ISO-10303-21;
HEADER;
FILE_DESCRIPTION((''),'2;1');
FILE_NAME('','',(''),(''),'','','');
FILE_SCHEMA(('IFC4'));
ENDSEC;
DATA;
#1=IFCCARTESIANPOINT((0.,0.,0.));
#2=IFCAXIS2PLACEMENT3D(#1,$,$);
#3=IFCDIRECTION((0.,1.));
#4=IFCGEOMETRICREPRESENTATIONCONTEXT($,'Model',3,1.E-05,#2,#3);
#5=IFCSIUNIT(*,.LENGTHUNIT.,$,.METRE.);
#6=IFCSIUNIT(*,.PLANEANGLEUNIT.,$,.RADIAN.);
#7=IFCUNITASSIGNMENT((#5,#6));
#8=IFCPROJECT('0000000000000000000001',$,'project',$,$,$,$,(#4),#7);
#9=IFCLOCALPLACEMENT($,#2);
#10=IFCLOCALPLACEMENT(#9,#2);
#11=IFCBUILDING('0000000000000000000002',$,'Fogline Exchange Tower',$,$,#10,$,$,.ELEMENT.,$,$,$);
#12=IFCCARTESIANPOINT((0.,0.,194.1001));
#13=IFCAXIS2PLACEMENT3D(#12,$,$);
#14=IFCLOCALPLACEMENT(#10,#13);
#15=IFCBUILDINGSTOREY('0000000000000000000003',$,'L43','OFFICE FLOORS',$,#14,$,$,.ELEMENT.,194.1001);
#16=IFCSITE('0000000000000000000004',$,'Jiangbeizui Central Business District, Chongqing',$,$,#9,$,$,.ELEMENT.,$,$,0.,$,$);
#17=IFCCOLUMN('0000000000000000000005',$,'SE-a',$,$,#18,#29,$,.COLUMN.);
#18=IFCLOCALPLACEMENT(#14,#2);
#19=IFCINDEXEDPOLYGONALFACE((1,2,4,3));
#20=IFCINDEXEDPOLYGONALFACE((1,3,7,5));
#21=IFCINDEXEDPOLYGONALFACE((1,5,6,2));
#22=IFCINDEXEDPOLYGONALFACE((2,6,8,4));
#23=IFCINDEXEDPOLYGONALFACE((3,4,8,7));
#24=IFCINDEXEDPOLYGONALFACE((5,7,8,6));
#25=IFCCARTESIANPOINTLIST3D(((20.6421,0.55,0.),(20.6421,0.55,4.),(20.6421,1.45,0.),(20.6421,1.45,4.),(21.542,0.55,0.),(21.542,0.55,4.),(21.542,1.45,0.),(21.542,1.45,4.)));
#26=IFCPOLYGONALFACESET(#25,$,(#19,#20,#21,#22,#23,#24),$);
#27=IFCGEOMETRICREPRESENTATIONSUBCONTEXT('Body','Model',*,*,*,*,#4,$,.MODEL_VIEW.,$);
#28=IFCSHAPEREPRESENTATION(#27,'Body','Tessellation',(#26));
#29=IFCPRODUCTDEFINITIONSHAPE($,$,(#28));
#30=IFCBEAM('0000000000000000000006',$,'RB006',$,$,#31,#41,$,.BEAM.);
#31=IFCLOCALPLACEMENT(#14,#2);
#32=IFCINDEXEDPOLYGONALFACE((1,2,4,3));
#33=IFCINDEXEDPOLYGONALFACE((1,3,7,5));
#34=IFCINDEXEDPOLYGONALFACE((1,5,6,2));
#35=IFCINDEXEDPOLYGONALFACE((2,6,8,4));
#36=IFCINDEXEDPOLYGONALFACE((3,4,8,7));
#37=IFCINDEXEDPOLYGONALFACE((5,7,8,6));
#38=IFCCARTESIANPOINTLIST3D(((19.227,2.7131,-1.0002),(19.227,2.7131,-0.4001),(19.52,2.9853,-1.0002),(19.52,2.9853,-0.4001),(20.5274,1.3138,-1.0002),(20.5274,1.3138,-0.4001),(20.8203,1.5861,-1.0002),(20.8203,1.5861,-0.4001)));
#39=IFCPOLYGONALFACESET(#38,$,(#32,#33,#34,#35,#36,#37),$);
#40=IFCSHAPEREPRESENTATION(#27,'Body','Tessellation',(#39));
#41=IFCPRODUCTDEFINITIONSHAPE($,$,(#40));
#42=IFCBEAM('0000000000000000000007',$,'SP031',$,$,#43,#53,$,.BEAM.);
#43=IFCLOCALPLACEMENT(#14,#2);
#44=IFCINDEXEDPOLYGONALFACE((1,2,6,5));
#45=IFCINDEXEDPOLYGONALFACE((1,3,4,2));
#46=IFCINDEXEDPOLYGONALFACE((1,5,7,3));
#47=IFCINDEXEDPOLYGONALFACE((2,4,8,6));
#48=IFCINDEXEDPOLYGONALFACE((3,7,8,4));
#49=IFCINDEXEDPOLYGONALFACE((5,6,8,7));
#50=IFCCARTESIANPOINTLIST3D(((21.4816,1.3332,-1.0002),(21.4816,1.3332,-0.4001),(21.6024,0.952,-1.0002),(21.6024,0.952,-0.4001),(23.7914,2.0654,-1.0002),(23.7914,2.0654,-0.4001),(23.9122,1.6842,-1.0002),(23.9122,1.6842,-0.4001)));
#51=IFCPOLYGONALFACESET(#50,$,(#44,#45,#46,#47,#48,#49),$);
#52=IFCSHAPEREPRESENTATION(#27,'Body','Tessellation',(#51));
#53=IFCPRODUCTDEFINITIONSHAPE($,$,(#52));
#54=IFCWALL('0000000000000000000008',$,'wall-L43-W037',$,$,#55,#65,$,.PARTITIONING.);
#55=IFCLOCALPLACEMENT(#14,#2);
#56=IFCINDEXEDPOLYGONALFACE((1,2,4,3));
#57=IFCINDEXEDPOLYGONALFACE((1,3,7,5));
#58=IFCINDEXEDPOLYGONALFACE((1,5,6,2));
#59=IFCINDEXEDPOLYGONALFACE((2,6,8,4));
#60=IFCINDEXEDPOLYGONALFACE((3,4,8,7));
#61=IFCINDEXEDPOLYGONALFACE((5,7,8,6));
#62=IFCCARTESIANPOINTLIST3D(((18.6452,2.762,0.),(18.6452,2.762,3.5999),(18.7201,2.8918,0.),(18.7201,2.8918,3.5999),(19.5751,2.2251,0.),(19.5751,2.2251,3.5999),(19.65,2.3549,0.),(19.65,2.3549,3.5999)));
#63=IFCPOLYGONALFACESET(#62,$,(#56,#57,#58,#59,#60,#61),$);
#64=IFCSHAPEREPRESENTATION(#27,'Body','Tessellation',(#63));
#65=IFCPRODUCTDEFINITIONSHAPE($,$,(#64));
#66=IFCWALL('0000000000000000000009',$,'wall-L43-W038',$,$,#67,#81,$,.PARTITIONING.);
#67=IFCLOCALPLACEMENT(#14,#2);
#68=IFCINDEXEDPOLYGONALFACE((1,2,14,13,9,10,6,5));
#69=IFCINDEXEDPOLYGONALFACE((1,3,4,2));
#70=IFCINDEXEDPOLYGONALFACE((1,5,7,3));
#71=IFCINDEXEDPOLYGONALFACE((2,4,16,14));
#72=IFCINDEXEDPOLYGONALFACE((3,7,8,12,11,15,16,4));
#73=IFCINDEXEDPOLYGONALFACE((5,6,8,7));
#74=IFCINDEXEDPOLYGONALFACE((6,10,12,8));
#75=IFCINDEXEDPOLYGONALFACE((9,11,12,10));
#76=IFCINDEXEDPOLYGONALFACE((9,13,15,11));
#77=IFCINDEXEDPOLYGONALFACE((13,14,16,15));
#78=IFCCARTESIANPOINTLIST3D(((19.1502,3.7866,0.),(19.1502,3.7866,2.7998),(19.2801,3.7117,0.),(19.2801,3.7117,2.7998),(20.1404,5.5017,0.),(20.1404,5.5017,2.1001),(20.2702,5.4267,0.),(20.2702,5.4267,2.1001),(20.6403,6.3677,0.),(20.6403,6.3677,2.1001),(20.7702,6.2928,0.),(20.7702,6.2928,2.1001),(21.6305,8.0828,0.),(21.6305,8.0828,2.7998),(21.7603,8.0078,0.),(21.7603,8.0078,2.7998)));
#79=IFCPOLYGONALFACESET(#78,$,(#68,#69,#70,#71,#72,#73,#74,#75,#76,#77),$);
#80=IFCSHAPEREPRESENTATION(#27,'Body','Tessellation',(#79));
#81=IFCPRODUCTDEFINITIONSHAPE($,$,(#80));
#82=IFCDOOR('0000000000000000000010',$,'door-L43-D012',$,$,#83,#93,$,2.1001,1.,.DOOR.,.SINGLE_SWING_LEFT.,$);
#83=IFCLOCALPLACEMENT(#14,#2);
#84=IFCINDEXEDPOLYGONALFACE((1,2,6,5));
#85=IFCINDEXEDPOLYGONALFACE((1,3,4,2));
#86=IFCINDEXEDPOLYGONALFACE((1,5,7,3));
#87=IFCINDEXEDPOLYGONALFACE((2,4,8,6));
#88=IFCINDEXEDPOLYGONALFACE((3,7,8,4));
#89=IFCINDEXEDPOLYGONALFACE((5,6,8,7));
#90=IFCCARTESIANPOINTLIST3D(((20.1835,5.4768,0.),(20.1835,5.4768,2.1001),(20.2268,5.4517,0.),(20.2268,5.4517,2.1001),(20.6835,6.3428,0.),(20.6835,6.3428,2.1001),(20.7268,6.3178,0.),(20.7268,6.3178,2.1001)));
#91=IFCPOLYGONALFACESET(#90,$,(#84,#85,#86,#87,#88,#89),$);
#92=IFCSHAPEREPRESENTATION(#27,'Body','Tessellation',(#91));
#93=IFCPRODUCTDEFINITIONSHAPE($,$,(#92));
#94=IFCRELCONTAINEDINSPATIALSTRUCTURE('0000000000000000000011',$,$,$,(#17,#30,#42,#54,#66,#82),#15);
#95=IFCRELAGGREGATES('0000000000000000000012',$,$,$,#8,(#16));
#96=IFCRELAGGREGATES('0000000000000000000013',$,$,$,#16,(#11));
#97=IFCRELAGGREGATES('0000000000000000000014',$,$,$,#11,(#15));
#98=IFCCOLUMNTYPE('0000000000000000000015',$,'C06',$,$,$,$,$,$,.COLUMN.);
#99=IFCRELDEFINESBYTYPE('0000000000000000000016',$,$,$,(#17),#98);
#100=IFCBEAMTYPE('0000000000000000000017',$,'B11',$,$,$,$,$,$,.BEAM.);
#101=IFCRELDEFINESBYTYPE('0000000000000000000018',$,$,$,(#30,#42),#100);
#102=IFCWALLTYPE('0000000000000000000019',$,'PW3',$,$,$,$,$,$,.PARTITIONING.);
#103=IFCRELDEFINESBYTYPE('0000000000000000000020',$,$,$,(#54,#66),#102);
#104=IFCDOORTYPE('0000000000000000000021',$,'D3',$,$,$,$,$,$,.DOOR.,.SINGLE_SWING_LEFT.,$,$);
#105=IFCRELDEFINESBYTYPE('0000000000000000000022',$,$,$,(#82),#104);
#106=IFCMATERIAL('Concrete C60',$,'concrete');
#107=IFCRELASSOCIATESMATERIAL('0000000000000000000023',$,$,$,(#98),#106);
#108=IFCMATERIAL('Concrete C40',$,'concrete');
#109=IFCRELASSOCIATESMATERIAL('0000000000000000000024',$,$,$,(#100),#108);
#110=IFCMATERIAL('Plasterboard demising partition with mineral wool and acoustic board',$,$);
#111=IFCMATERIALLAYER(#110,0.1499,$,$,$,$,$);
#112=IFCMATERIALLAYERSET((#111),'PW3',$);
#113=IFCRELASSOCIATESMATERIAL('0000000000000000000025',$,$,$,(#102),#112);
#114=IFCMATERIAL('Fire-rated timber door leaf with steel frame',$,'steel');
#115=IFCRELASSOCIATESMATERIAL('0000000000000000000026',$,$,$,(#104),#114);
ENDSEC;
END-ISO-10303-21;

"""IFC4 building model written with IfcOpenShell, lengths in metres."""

from ifc_helpers import new_model, si_unit, direction, frame, frame_2d, origin, origin_2d, place, context, subcontext, project, spatial, rectangle, extrude, material, layer, layer_set, material_profile, profile_set, type_object, element, fill, save


model = new_model("IFC4")

# Units and contexts
model_context = context("Model", 3, precision=1e-05, world=origin(), true_north=direction((0.0, 1.0)))
body_context = subcontext(model_context, "Body", "Model", "MODEL_VIEW")
ifc_project = project(units=[si_unit("LENGTHUNIT", "METRE"), si_unit("PLANEANGLEUNIT", "RADIAN")], contexts=[model_context])

# Site, building, storey
site_placement = place(None, origin())
site = spatial("IfcSite", under=ifc_project, at=site_placement, Name="Jiangbeizui Central Business District, Chongqing", CompositionType="ELEMENT", RefElevation=0.0)
building_placement = place(site_placement, origin())
building = spatial("IfcBuilding", under=site, at=building_placement, Name="Fogline Exchange Tower", CompositionType="ELEMENT")
storey_placement = place(building_placement, frame((0.0, 0.0, 194.1001)))
storey = spatial("IfcBuildingStorey", under=building, at=storey_placement, Name="L43", Description="OFFICE FLOORS", CompositionType="ELEMENT", Elevation=194.1001)

# Column
ifc_material_1 = material(Name="Concrete C60", Category="concrete")
ifc_material_profile_1 = material_profile(ifc_material_1, rectangle(XDim=0.8999, YDim=0.8999, at=origin_2d()), Name="RC 900x900")
ifc_profile_set_1 = profile_set([ifc_material_profile_1], Name="Concrete C60")
column_type = type_object("IfcColumnType", Name="C06", PredefinedType="COLUMN", material=ifc_profile_set_1)
column_placement = place(storey_placement, frame((21.092, 1.0, 0.0), z_axis=(0.0, 0.0, 1.0), x_axis=(1.0, 0.0, 0.0)))
element("IfcColumn", 1, at=column_placement, inside=storey, type_object=column_type, Name="SE-a", PredefinedType="COLUMN", context=body_context, shape_type="SweptSolid", body=[
    extrude(rectangle(XDim=0.8999, YDim=0.8999, at=origin_2d()), origin(), (0.0, 0.0, 1.0), 4.0),
])

# Beams
ifc_material_2 = material(Name="Concrete C40", Category="concrete")
ifc_material_profile_2 = material_profile(ifc_material_2, rectangle(XDim=0.3999, YDim=0.6001, at=origin_2d()), Name="RC 400x600")
ifc_profile_set_2 = profile_set([ifc_material_profile_2], Name="Concrete C40")
beam_type = type_object("IfcBeamType", Name="B11", PredefinedType="BEAM", material=ifc_profile_set_2)
beam_1_placement = place(storey_placement, frame((20.6738, 1.45, -0.7002), z_axis=(-0.68075, 0.732516, 0.0), x_axis=(-0.732516, -0.68075, 0.0)))
element("IfcBeam", 2, at=beam_1_placement, inside=storey, type_object=beam_type, Name="RB006", PredefinedType="BEAM", context=body_context, shape_type="SweptSolid", body=[
    extrude(rectangle(XDim=0.3999, YDim=0.6001, at=origin_2d()), origin(), (0.0, 0.0, 1.0), 1.9102),
])
beam_2_placement = place(storey_placement, frame((21.542, 1.1426, -0.7002), z_axis=(0.953255, 0.302168, 0.0), x_axis=(-0.302168, 0.953255, 0.0)))
element("IfcBeam", 3, at=beam_2_placement, inside=storey, type_object=beam_type, Name="SP031", PredefinedType="BEAM", context=body_context, shape_type="SweptSolid", body=[
    extrude(rectangle(XDim=0.3999, YDim=0.6001, at=origin_2d()), origin(), (0.0, 0.0, 1.0), 2.4231),
])

# Wall
ifc_material_3 = material(Name="Plasterboard demising partition with mineral wool and acoustic board")
ifc_layer_1 = layer(ifc_material_3, 0.1499)
ifc_layer_set_1 = layer_set([ifc_layer_1], Name="PW3")
wall_type_1 = type_object("IfcWallType", Name="PW3", PredefinedType="PARTITIONING", material=ifc_layer_set_1)
wall_1_placement = place(storey_placement, frame((19.6125, 2.29, 0.0), z_axis=(0.0, 0.0, 1.0), x_axis=(-0.866038, 0.499978, 0.0)))
element("IfcWall", 4, at=wall_1_placement, inside=storey, type_object=wall_type_1, Name="wall-L43-W037", PredefinedType="PARTITIONING", context=body_context, shape_type="SweptSolid", body=[
    extrude(rectangle(XDim=1.0737, YDim=0.1499, at=frame_2d((0.5369, 0.0))), origin(), (0.0, 0.0, 1.0), 3.5999),
])

# Wall, opening, door
wall_2_placement = place(storey_placement, frame((19.2151, 3.749, 0.0), z_axis=(0.0, 0.0, 1.0), x_axis=(0.499977, 0.866039, 0.0)))
wall_2 = element("IfcWall", 5, at=wall_2_placement, inside=storey, type_object=wall_type_1, Name="wall-L43-W038", PredefinedType="PARTITIONING", context=body_context, shape_type="SweptSolid", body=[
    extrude(rectangle(XDim=4.9607, YDim=0.1499, at=frame_2d((2.4805, 0.0))), origin(), (0.0, 0.0, 1.0), 2.7998),
])
opening_1_placement = place(wall_2_placement, frame((1.9805, 0.0, 0.0)))
opening_1 = element("IfcOpeningElement", 6, at=opening_1_placement, cuts=wall_2, PredefinedType="OPENING", context=body_context, shape_type="SweptSolid", body=[
    extrude(rectangle(XDim=1.0, YDim=2.1001, at=frame_2d((0.5, 1.05))), frame((0.0, 0.085, 0.0), z_axis=(0.0, -1.0, 0.0), x_axis=(1.0, 0.0, 0.0)), (0.0, 0.0, 1.0), 0.1699),
])
ifc_material_4 = material(Name="Fire-rated timber door leaf with steel frame", Category="steel")
door_type_1 = type_object("IfcDoorType", Name="D3", OperationType="SINGLE_SWING_LEFT", PredefinedType="DOOR", material=ifc_material_4)
door_1_placement = place(opening_1_placement, frame((1.0, 0.0, 0.0), z_axis=(0.0, 0.0, 1.0), x_axis=(-1.0, 0.0, 0.0)))
door_1 = element("IfcDoor", 7, at=door_1_placement, inside=storey, type_object=door_type_1, Name="door-L43-D012", OperationType="SINGLE_SWING_LEFT", OverallHeight=2.1001, OverallWidth=1.0, PredefinedType="DOOR", context=body_context, shape_type="SweptSolid", body=[
    extrude(rectangle(XDim=1.0, YDim=2.1001, at=frame_2d((0.5, 1.05))), frame((0.0, 0.0249, 0.0), z_axis=(0.0, -1.0, 0.0), x_axis=(1.0, 0.0, 0.0)), (0.0, 0.0, 1.0), 0.05),
])
fill(opening_1, door_1)

save(model, "model.ifc")
